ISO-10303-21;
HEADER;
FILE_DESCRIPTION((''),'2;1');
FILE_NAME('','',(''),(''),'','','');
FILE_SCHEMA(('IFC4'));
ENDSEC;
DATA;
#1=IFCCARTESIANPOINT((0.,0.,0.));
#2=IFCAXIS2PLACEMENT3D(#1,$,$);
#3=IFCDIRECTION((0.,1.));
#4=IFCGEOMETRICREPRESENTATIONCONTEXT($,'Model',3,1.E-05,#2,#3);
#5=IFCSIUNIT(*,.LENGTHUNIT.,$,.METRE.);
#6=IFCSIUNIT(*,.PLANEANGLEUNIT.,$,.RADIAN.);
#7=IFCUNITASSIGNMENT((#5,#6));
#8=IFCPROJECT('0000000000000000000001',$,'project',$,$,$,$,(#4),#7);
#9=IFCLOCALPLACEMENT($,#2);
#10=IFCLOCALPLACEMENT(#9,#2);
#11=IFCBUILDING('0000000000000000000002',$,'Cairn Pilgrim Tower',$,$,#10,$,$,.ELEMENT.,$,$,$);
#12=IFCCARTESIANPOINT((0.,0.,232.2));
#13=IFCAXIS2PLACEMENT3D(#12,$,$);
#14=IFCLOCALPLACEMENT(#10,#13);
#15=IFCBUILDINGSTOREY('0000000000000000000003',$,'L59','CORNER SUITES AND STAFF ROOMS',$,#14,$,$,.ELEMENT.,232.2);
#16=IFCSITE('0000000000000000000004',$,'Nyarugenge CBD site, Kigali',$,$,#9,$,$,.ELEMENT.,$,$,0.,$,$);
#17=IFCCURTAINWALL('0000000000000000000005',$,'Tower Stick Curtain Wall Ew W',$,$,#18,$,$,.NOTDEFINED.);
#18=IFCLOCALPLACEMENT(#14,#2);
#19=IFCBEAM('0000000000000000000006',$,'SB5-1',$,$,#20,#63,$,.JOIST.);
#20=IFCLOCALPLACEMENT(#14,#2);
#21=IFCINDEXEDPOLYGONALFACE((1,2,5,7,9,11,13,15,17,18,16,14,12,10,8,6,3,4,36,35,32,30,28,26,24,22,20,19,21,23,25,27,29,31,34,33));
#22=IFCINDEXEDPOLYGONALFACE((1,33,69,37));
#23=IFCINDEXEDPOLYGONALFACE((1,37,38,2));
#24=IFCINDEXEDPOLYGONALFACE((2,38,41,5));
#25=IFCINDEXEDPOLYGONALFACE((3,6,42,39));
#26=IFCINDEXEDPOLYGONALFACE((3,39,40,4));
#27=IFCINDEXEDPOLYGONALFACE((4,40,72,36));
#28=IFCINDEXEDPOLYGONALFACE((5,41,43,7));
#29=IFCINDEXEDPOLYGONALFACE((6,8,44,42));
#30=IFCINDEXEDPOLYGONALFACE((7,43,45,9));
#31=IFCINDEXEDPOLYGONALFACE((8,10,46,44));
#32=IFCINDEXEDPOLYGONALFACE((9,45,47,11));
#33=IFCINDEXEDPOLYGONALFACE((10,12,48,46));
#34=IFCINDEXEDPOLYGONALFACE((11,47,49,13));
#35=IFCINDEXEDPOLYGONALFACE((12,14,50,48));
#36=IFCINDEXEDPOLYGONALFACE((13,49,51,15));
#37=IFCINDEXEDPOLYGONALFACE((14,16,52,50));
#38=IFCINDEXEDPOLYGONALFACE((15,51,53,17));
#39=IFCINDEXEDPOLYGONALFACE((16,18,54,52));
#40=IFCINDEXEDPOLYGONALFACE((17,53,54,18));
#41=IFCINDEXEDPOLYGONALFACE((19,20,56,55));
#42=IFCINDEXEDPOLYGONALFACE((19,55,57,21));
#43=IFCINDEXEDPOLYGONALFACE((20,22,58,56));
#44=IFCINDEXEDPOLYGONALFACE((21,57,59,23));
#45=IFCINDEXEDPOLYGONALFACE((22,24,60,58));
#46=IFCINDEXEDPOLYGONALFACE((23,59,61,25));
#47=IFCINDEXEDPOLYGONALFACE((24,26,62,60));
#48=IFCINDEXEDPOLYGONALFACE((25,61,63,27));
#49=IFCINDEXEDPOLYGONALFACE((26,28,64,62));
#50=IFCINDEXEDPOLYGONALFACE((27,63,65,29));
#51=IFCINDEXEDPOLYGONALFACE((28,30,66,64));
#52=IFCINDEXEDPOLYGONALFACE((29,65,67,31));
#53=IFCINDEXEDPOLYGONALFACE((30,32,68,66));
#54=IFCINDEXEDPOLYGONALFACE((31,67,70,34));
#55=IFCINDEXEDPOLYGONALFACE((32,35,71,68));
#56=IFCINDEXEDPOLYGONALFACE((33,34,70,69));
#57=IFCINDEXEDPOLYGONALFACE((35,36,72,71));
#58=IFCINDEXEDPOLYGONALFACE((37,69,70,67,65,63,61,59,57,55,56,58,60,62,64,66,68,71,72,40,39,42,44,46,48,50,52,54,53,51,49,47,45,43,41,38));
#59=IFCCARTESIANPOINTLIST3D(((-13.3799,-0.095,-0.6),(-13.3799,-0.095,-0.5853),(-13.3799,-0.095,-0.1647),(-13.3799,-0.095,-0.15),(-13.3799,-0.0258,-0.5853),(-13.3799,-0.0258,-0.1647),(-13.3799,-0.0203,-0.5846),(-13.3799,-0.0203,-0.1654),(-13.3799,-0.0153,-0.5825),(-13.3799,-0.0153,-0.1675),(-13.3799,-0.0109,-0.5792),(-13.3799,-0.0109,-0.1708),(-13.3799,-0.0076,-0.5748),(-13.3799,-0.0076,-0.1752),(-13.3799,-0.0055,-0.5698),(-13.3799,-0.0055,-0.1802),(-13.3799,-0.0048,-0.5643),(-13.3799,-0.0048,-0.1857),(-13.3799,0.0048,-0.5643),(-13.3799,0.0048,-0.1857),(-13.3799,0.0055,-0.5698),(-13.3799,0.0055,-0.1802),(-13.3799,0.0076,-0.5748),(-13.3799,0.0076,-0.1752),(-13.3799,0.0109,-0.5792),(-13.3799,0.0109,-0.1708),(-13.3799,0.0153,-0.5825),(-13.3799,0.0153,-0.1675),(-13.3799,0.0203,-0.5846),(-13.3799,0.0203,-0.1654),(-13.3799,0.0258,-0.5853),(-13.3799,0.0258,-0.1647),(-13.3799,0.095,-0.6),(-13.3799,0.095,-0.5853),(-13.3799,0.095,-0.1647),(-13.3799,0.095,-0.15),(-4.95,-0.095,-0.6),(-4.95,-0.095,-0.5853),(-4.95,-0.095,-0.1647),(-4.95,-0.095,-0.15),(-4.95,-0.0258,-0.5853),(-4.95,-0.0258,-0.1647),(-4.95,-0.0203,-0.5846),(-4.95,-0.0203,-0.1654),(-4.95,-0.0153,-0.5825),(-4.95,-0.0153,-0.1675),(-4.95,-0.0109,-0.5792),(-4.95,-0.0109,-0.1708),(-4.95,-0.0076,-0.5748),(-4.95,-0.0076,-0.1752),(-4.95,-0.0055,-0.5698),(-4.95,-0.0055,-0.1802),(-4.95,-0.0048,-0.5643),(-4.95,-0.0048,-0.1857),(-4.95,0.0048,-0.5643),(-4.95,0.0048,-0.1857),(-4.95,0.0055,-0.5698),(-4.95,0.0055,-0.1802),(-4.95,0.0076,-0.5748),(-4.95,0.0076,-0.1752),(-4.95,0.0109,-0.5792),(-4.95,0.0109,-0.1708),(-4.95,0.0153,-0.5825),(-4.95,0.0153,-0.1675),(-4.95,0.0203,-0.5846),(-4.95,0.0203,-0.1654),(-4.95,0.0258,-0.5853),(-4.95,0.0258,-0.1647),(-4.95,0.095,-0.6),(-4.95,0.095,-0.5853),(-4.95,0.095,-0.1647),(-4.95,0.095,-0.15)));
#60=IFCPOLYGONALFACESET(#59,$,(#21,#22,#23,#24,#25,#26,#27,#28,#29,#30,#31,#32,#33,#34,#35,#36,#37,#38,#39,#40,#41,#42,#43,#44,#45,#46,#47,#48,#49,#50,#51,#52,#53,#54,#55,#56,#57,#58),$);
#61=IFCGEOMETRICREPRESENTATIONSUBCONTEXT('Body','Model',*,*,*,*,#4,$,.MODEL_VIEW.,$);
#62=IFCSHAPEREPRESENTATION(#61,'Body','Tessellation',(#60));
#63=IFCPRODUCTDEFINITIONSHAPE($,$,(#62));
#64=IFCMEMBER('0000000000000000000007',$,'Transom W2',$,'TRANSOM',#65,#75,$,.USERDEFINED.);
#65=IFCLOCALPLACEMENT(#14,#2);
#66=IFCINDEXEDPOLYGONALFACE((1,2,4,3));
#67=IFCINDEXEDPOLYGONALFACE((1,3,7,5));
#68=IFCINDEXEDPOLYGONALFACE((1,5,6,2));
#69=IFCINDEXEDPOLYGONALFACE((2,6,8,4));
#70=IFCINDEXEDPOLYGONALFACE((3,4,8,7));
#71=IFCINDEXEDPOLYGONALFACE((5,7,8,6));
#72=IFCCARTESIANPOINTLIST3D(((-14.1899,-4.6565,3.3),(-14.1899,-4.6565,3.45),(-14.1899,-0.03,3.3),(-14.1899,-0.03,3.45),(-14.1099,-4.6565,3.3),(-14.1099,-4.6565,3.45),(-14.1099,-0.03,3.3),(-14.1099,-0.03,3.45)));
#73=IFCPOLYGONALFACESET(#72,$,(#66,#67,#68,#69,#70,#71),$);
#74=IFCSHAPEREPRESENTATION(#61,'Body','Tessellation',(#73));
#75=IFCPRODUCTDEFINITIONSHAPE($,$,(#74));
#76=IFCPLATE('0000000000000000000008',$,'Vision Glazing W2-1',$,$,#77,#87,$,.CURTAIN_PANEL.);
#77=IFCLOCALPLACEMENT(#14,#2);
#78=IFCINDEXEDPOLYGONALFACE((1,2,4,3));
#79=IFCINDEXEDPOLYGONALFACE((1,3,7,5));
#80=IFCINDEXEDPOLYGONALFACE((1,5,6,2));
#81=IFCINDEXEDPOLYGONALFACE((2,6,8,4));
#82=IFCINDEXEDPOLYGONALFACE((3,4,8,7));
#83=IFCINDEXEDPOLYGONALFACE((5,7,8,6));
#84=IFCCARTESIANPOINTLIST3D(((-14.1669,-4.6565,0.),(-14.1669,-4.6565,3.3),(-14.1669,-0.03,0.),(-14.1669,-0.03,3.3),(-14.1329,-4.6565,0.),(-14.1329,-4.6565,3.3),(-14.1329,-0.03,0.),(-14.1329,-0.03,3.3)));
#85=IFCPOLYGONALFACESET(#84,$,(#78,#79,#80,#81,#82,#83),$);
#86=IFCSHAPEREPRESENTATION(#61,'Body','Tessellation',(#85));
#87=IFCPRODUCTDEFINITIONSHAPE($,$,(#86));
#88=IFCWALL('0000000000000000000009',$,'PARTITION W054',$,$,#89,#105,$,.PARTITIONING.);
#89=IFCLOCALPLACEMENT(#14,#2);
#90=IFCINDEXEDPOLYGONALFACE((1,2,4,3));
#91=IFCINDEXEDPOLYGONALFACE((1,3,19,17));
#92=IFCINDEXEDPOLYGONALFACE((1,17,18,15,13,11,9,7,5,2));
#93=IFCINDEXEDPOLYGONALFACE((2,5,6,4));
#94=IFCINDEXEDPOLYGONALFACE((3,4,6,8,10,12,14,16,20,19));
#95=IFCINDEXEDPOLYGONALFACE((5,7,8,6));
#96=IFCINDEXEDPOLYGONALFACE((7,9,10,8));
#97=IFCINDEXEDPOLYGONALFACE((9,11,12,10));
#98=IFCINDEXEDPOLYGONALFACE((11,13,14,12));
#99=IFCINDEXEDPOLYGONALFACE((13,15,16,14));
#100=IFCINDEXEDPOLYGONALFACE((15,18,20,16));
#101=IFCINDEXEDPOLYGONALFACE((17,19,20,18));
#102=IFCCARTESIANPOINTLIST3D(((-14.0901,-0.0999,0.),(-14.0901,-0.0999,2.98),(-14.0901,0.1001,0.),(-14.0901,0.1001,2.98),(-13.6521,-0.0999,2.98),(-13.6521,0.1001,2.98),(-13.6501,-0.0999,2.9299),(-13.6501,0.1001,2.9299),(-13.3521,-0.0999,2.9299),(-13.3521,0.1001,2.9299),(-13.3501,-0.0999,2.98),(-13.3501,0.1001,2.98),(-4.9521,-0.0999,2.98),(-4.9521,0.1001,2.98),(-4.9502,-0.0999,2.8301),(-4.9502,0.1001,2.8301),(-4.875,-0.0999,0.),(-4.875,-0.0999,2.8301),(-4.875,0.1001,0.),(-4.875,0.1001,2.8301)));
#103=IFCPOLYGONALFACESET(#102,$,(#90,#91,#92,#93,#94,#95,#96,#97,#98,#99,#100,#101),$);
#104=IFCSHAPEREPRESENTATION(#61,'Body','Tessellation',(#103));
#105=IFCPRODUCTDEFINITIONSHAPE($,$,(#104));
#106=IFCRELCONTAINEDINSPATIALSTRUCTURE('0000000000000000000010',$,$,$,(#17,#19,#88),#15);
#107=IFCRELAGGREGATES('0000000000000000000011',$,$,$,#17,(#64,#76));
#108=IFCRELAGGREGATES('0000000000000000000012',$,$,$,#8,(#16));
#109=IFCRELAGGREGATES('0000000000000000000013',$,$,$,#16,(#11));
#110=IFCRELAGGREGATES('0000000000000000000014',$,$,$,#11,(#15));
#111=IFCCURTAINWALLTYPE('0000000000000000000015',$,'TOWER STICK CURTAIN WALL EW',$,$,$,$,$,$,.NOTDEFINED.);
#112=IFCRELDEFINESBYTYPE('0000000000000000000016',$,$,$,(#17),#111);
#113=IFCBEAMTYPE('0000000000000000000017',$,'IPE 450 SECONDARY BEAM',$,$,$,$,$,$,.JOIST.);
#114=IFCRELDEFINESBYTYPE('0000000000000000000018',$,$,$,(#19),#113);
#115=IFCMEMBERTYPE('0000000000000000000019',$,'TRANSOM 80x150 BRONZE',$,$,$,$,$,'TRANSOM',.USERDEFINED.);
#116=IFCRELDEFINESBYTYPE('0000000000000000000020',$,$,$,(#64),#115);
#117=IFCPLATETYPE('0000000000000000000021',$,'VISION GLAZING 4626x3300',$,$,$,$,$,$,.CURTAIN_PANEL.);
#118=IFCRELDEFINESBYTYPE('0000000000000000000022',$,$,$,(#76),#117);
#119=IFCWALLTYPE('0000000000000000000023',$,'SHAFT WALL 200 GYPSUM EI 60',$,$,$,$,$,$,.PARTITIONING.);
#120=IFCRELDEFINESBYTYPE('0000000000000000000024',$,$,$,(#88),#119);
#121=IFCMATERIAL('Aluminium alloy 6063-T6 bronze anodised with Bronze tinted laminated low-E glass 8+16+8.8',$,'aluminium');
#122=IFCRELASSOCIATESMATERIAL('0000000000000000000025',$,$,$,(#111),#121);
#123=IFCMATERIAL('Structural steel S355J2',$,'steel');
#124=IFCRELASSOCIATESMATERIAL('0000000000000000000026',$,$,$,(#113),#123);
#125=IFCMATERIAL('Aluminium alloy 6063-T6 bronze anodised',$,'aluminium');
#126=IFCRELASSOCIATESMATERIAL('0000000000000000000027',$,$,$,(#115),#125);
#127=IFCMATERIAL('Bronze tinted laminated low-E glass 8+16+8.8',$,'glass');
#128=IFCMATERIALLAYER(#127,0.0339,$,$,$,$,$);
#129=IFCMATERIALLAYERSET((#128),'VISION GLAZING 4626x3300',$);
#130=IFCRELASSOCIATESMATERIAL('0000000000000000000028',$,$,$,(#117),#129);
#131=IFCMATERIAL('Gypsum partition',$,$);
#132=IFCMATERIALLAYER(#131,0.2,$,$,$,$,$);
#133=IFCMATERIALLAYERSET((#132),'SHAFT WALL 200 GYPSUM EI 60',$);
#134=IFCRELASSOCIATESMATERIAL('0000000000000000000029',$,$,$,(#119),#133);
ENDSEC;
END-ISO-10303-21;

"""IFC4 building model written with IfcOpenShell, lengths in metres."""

from ifc_helpers import new_model, si_unit, direction, frame, origin, origin_2d, place, context, subcontext, project, spatial, polyline, rectangle, i_section, outline, extrude, material, layer, layer_set, material_profile, profile_set, type_object, element, aggregate, save


model = new_model("IFC4")

# Units and contexts
model_context = context("Model", 3, precision=1e-05, world=origin(), true_north=direction((0.0, 1.0)))
body_context = subcontext(model_context, "Body", "Model", "MODEL_VIEW")
ifc_project = project(units=[si_unit("LENGTHUNIT", "METRE"), si_unit("PLANEANGLEUNIT", "RADIAN")], contexts=[model_context])

# Site, building, storey
site_placement = place(None, origin())
site = spatial("IfcSite", under=ifc_project, at=site_placement, Name="Nyarugenge CBD site, Kigali", CompositionType="ELEMENT", RefElevation=0.0)
building_placement = place(site_placement, origin())
building = spatial("IfcBuilding", under=site, at=building_placement, Name="Cairn Pilgrim Tower", CompositionType="ELEMENT")
storey_placement = place(building_placement, frame((0.0, 0.0, 232.2)))
storey = spatial("IfcBuildingStorey", under=building, at=storey_placement, Name="L59", Description="CORNER SUITES AND STAFF ROOMS", CompositionType="ELEMENT", Elevation=232.2)

# Curtain wall
ifc_material_1 = material(Name="Aluminium alloy 6063-T6 bronze anodised with Bronze tinted laminated low-E glass 8+16+8.8", Category="aluminium")
curtain_wall_type_1 = type_object("IfcCurtainWallType", Name="TOWER STICK CURTAIN WALL EW", PredefinedType="NOTDEFINED", material=ifc_material_1)
curtain_wall_1_placement = place(storey_placement, origin())
curtain_wall_1 = element("IfcCurtainWall", 1, at=curtain_wall_1_placement, inside=storey, type_object=curtain_wall_type_1, Name="Tower Stick Curtain Wall Ew W", PredefinedType="NOTDEFINED")
ifc_material_2 = material(Name="Aluminium alloy 6063-T6 bronze anodised", Category="aluminium")

# Beam
ifc_material_3 = material(Name="Structural steel S355J2", Category="steel")
ifc_material_profile_1 = material_profile(ifc_material_3, i_section(OverallWidth=0.1899, OverallDepth=0.45, WebThickness=0.0095, FlangeThickness=0.0146, FilletRadius=0.021, at=origin_2d()), Name="IPE 450")
ifc_profile_set_1 = profile_set([ifc_material_profile_1], Name="Structural steel S355J2")
beam_type_1 = type_object("IfcBeamType", Name="IPE 450 SECONDARY BEAM", PredefinedType="JOIST", material=ifc_profile_set_1)
beam_1_placement = place(storey_placement, frame((-13.3799, 0.0, -0.375), z_axis=(1.0, 0.0, 0.0), x_axis=(0.0, 1.0, 0.0)))
element("IfcBeam", 2, at=beam_1_placement, inside=storey, type_object=beam_type_1, Name="SB5-1", PredefinedType="JOIST", context=body_context, shape_type="SweptSolid", body=[
    extrude(i_section(OverallWidth=0.1899, OverallDepth=0.45, WebThickness=0.0095, FlangeThickness=0.0146, FilletRadius=0.021, at=origin_2d()), origin(), (0.0, 0.0, 1.0), 8.4299),
])

# Member
ifc_material_profile_2 = material_profile(ifc_material_2, rectangle(XDim=0.0801, YDim=0.1499, at=origin_2d()), Name="TRANSOM 80x150 BRONZE")
ifc_profile_set_2 = profile_set([ifc_material_profile_2], Name="Aluminium alloy 6063-T6 bronze anodised")
member_type_1 = type_object("IfcMemberType", Name="TRANSOM 80x150 BRONZE", ElementType="TRANSOM", PredefinedType="USERDEFINED", material=ifc_profile_set_2)
member_1_placement = place(storey_placement, frame((-14.1499, -0.03, 3.375), z_axis=(0.0, -1.0, 0.0), x_axis=(1.0, 0.0, 0.0)))
member_1 = element("IfcMember", 3, at=member_1_placement, type_object=member_type_1, Name="Transom W2", ObjectType="TRANSOM", PredefinedType="USERDEFINED", context=body_context, shape_type="SweptSolid", body=[
    extrude(rectangle(XDim=0.0801, YDim=0.1499, at=origin_2d()), origin(), (0.0, 0.0, 1.0), 4.6265),
])

# Plate
ifc_material_4 = material(Name="Bronze tinted laminated low-E glass 8+16+8.8", Category="glass")
ifc_layer_1 = layer(ifc_material_4, 0.0339)
ifc_layer_set_1 = layer_set([ifc_layer_1], Name="VISION GLAZING 4626x3300")
plate_type = type_object("IfcPlateType", Name="VISION GLAZING 4626x3300", PredefinedType="CURTAIN_PANEL", material=ifc_layer_set_1)
plate_placement = place(storey_placement, frame((-14.1499, -2.3433, 0.0), z_axis=(0.0, 0.0, 1.0), x_axis=(0.0, -1.0, 0.0)))
plate = element("IfcPlate", 4, at=plate_placement, type_object=plate_type, Name="Vision Glazing W2-1", PredefinedType="CURTAIN_PANEL", context=body_context, shape_type="SweptSolid", body=[
    extrude(rectangle(XDim=4.6265, YDim=0.0339, at=origin_2d()), origin(), (0.0, 0.0, 1.0), 3.3),
])
aggregate(curtain_wall_1, [member_1, plate])

# Wall
ifc_material_5 = material(Name="Gypsum partition")
ifc_layer_2 = layer(ifc_material_5, 0.2)
ifc_layer_set_2 = layer_set([ifc_layer_2], Name="SHAFT WALL 200 GYPSUM EI 60")
wall_type_1 = type_object("IfcWallType", Name="SHAFT WALL 200 GYPSUM EI 60", PredefinedType="PARTITIONING", material=ifc_layer_set_2)
wall_1_placement = place(storey_placement, frame((-14.0901, 0.0, 0.0), z_axis=(0.0, 0.0, 1.0), x_axis=(1.0, 0.0, 0.0)))
element("IfcWall", 5, at=wall_1_placement, inside=storey, type_object=wall_type_1, Name="PARTITION W054", PredefinedType="PARTITIONING", context=body_context, shape_type="SweptSolid", body=[
    extrude(outline(polyline([(0.0, 0.0), (9.2151, 0.0), (9.2151, 2.8301), (9.1399, 2.8301), (9.1379, 2.98), (0.74, 2.98), (0.738, 2.9299), (0.4399, 2.9299), (0.438, 2.98), (0.0, 2.98), (0.0, 0.0)])), frame((0.0, 0.1001, 0.0), z_axis=(0.0, -1.0, 0.0), x_axis=(1.0, 0.0, 0.0)), (0.0, 0.0, 1.0), 0.2),
])

save(model, "model.ifc")
